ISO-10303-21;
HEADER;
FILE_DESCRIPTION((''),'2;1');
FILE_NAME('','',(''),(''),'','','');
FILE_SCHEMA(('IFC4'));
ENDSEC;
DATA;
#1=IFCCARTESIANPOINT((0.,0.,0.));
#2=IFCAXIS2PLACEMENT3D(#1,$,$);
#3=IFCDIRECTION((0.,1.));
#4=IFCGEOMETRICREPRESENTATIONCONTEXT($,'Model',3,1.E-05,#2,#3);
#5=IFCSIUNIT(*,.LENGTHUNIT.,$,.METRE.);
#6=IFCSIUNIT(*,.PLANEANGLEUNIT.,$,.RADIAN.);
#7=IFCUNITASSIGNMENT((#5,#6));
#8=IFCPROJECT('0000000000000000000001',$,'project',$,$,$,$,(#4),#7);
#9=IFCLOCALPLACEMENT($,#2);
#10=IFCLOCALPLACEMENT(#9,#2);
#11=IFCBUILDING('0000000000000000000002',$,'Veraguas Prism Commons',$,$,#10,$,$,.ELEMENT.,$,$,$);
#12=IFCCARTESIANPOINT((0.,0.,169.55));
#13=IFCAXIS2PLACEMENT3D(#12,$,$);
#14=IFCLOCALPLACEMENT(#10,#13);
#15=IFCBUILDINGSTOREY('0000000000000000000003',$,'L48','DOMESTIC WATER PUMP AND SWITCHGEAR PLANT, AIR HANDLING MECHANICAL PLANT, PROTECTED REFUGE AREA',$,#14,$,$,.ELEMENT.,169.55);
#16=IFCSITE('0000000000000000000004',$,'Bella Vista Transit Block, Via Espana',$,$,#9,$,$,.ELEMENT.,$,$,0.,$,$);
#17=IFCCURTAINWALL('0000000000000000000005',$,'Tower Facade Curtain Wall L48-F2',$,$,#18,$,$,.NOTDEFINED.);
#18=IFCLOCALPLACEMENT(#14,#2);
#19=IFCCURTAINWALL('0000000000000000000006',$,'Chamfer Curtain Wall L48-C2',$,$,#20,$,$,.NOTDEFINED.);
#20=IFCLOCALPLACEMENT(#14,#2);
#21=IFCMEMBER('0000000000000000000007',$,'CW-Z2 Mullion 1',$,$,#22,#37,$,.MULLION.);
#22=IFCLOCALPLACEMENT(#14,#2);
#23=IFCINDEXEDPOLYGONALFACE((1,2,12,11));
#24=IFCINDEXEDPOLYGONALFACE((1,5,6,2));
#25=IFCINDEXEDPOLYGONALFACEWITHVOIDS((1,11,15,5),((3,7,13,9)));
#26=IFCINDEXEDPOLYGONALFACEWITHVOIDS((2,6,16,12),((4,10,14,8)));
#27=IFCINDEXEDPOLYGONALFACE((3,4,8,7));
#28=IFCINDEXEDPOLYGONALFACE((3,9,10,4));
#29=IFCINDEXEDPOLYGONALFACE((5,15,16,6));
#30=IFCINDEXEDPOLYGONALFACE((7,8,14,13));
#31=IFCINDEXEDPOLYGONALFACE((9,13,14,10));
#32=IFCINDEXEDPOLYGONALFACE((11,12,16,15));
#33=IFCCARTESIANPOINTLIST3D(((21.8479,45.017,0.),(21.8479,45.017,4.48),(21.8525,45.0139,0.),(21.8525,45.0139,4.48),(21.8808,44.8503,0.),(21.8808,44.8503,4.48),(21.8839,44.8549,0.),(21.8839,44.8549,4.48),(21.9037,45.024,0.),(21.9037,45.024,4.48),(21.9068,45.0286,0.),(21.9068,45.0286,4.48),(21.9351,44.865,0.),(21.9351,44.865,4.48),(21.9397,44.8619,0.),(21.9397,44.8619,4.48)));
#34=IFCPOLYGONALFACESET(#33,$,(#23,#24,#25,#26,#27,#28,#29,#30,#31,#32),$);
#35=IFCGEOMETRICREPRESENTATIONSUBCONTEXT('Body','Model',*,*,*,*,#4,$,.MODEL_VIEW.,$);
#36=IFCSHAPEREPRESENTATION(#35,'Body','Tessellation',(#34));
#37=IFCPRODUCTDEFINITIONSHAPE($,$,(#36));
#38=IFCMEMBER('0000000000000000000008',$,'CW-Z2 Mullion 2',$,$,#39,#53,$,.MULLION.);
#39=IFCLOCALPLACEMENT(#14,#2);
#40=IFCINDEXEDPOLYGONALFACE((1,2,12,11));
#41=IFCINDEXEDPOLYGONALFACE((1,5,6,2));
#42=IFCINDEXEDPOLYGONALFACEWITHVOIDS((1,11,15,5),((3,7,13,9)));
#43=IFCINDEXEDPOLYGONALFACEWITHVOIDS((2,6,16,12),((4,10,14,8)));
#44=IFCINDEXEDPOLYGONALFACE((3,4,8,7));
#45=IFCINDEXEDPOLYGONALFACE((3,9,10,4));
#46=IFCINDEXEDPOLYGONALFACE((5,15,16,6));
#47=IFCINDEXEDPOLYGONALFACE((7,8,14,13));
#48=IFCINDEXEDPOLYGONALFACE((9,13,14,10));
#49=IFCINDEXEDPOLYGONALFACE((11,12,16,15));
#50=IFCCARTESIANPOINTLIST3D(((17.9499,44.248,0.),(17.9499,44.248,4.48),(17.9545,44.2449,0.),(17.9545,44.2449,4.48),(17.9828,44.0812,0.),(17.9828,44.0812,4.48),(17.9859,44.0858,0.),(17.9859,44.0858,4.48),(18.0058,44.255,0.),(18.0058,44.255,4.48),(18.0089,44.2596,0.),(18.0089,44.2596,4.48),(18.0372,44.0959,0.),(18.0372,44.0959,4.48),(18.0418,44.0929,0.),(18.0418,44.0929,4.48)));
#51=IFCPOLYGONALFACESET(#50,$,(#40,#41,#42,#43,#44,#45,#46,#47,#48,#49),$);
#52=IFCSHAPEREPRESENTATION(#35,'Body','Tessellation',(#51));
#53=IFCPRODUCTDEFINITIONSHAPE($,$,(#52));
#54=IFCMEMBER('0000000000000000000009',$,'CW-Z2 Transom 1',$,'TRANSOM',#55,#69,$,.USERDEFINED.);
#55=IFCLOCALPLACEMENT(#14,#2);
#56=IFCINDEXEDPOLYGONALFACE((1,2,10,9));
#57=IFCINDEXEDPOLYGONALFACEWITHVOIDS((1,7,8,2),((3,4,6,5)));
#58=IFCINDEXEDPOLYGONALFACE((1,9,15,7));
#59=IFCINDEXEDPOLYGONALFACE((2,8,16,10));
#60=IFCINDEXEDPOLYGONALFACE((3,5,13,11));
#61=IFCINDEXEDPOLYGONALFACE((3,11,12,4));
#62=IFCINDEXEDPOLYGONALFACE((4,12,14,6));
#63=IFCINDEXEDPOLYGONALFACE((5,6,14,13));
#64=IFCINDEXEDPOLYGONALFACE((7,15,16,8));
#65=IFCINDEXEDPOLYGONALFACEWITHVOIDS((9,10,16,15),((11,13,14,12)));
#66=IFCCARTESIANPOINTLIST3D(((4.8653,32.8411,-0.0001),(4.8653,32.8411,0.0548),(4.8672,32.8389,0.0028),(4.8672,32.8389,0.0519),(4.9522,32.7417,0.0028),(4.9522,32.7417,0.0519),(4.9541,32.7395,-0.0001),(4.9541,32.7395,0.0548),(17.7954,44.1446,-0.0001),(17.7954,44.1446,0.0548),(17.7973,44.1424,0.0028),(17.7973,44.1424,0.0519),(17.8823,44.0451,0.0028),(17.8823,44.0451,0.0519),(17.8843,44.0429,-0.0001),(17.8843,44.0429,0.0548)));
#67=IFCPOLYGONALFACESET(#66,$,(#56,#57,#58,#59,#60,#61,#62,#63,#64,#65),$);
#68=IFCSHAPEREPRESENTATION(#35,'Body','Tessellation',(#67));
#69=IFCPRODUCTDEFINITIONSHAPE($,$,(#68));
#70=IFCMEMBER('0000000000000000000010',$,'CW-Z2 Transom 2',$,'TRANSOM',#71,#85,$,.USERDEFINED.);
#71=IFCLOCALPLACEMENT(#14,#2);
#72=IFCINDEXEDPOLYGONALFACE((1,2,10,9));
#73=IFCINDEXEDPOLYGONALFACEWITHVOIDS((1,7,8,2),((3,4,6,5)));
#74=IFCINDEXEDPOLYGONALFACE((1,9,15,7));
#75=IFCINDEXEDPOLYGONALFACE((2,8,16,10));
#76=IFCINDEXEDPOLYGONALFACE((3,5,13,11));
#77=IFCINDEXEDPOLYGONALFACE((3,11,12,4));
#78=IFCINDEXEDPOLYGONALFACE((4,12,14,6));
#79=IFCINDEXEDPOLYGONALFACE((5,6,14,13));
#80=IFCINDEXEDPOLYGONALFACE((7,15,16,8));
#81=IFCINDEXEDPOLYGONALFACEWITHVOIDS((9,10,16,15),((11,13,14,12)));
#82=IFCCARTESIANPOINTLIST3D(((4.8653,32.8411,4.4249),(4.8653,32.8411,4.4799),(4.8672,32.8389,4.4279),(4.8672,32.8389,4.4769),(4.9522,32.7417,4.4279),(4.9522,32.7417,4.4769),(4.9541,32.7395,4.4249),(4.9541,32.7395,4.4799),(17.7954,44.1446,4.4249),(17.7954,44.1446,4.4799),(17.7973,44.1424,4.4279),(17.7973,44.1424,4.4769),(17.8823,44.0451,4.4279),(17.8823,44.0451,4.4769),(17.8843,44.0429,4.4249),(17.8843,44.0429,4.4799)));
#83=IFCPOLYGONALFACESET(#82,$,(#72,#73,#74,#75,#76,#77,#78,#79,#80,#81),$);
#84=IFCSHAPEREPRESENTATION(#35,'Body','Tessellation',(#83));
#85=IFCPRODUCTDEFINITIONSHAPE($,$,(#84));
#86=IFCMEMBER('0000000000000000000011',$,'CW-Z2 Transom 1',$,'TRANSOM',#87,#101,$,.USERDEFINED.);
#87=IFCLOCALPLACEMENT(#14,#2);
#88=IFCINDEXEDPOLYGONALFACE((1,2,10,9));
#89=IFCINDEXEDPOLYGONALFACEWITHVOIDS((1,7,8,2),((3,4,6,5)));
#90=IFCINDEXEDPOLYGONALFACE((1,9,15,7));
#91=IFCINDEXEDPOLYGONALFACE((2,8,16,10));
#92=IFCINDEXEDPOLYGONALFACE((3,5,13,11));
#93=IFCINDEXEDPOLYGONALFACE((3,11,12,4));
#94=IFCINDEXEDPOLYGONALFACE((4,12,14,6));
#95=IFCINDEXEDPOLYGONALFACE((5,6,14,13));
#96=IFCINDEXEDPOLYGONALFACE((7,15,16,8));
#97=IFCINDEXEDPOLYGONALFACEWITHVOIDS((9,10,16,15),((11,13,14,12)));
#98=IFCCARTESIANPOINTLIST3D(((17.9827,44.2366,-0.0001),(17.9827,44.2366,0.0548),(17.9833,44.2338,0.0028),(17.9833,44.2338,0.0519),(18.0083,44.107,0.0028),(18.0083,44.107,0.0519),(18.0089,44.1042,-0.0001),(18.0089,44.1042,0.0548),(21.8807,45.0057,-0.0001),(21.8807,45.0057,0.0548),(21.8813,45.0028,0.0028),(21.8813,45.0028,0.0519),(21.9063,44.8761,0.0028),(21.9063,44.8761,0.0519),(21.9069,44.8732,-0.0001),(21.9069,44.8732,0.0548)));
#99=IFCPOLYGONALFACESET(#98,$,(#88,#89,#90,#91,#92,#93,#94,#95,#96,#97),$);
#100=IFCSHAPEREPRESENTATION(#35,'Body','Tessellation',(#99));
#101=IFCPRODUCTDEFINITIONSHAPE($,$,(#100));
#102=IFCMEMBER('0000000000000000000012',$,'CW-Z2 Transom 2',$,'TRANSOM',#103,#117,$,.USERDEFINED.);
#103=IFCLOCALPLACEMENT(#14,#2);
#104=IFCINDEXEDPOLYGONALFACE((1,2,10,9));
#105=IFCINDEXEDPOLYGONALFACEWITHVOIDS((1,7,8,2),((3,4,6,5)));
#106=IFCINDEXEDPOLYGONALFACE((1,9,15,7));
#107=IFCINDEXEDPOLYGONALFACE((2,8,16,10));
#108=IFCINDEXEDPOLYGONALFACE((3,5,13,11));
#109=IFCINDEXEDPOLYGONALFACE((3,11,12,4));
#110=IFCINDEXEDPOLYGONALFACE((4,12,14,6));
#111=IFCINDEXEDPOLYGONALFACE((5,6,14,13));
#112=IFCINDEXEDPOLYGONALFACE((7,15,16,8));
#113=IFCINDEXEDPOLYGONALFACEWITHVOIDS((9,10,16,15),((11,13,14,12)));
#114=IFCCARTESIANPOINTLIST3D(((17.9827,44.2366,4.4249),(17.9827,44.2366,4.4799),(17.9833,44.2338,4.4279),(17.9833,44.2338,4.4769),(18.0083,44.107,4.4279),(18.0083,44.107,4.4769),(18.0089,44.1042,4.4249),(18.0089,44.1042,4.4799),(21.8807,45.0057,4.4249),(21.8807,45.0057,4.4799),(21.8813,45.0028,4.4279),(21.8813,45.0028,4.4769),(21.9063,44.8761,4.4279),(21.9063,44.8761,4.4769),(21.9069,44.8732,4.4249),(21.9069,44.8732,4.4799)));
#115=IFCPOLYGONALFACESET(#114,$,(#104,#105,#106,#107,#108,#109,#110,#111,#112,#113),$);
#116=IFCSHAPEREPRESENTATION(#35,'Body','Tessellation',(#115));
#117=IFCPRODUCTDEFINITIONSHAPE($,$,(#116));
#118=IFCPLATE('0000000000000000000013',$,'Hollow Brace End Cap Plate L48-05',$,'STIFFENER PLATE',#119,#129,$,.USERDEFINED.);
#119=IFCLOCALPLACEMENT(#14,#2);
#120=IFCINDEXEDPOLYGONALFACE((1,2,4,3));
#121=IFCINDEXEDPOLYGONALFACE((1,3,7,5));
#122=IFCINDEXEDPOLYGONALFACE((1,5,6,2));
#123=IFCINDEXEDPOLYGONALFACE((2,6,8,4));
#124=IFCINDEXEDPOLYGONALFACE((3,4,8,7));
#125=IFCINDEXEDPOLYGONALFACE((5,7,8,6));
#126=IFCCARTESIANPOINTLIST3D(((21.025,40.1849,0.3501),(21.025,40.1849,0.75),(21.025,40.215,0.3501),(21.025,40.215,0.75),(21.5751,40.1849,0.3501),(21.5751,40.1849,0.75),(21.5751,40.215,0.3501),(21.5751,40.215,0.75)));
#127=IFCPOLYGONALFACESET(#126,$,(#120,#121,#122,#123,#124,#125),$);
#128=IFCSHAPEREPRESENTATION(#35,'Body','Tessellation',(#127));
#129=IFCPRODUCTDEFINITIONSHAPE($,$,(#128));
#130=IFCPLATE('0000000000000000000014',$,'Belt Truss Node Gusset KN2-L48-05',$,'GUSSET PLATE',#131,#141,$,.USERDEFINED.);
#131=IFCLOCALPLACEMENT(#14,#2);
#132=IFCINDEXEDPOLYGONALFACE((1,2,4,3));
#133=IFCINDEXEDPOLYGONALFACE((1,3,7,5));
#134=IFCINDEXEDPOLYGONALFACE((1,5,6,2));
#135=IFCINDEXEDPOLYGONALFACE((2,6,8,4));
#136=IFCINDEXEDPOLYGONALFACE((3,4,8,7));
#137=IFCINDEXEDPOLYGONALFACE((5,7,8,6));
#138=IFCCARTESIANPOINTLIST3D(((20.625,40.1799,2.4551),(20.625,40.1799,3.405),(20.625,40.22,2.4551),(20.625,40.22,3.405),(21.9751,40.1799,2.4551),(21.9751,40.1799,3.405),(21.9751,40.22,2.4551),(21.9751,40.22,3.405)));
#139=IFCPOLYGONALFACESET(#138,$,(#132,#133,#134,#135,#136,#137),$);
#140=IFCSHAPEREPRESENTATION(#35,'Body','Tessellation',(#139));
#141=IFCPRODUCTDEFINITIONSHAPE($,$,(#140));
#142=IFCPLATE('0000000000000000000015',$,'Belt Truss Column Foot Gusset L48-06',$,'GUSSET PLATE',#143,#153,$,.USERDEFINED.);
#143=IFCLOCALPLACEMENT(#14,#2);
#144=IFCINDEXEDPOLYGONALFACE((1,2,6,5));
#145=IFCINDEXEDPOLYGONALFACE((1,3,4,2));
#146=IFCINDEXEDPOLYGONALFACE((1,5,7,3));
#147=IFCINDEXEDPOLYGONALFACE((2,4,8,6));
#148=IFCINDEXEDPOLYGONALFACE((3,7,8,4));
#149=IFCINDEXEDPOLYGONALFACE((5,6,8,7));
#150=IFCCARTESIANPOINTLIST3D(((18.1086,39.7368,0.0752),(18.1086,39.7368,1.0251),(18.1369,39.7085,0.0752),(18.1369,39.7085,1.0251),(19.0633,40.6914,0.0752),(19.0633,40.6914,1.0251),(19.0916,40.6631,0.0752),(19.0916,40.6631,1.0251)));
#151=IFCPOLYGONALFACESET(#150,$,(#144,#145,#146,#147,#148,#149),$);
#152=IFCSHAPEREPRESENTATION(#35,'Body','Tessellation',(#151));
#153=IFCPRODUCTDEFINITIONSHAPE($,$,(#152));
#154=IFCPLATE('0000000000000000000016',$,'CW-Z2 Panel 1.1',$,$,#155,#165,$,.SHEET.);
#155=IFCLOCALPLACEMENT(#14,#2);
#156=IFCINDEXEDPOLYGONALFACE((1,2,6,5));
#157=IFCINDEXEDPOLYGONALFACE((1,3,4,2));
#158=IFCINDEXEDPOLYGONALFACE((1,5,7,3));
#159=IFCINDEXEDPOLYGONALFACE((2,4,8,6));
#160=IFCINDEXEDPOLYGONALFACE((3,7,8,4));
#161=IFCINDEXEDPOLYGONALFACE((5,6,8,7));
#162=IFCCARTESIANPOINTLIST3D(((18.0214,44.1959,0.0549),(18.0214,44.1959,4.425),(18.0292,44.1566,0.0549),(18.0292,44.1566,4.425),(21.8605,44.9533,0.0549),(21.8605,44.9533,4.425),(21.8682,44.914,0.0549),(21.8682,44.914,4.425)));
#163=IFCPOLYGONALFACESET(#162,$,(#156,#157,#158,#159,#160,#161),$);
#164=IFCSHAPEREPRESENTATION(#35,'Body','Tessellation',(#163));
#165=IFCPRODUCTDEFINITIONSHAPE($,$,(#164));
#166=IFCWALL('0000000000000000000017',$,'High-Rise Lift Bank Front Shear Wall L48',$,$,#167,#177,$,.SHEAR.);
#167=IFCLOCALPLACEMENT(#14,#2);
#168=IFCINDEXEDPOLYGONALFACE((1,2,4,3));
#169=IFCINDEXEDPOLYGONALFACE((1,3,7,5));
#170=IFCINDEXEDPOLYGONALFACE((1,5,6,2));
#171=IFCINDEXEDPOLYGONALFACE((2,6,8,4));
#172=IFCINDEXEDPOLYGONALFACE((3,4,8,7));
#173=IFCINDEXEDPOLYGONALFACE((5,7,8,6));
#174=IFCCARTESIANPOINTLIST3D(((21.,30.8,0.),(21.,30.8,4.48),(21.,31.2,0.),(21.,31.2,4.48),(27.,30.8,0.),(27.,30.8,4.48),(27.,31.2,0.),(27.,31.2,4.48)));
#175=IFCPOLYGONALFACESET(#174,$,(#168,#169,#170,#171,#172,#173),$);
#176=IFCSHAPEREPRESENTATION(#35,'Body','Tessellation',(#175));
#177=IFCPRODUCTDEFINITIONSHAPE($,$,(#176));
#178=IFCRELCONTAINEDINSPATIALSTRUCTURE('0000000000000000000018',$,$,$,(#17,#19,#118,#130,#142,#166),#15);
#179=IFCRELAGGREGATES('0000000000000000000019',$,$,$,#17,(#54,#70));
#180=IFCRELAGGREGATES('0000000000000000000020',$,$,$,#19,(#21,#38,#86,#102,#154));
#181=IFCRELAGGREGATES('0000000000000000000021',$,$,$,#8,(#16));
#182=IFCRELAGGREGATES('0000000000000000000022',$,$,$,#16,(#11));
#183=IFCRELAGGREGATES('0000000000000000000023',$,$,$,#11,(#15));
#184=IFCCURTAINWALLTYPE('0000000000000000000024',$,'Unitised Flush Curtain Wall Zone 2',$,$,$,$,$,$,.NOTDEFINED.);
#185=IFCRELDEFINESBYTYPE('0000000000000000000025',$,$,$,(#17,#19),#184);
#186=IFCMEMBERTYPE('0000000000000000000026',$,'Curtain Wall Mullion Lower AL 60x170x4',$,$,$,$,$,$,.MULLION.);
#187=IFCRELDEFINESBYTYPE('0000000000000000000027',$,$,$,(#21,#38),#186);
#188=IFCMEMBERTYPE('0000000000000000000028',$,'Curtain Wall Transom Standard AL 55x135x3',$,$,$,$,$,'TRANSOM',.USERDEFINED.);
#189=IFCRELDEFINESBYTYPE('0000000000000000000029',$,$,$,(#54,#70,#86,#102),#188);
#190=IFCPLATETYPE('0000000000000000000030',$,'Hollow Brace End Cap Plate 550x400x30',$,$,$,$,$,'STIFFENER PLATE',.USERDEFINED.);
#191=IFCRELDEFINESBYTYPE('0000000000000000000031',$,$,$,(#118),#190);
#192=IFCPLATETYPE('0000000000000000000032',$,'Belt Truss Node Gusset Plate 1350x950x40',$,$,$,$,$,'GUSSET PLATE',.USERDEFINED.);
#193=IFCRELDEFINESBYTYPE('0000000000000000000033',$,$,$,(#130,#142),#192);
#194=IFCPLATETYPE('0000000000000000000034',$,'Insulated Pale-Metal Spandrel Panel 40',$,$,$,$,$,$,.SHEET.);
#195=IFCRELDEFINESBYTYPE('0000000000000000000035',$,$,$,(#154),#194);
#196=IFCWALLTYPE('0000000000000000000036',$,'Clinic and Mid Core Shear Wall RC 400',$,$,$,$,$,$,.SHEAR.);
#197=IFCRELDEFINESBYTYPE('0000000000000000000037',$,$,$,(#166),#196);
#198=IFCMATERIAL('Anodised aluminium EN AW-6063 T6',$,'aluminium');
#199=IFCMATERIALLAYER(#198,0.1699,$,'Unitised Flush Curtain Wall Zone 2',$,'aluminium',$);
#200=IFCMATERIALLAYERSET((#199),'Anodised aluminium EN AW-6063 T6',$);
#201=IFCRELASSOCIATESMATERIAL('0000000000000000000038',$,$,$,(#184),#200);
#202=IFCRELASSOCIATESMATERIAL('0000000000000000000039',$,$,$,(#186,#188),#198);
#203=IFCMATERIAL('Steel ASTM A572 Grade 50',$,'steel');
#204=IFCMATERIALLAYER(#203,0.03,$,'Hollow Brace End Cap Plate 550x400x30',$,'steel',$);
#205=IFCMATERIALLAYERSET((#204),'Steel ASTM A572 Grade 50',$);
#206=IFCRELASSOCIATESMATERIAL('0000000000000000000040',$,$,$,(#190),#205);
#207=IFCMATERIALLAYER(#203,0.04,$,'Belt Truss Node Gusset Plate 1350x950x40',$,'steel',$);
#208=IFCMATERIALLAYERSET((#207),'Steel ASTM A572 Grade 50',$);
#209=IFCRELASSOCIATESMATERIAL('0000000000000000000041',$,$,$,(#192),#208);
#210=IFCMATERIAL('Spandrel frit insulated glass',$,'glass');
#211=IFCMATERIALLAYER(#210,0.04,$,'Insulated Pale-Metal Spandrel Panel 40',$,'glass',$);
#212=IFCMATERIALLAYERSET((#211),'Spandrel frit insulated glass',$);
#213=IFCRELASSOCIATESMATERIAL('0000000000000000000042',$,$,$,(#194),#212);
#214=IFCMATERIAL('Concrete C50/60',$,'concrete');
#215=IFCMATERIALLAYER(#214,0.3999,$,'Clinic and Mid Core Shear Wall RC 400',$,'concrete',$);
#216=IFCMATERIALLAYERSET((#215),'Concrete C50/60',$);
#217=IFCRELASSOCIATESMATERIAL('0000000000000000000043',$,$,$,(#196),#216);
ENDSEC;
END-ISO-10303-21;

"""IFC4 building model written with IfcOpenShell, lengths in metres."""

from ifc_helpers import new_model, si_unit, direction, frame, frame_2d, origin, origin_2d, place, context, subcontext, project, spatial, rectangle, hollow_rectangle, extrude, source, transform, mapped, material, layer, layer_set, material_profile, profile_set, type_object, element, aggregate, save


model = new_model("IFC4")

# Units and contexts
model_context = context("Model", 3, precision=1e-05, world=origin(), true_north=direction((0.0, 1.0)))
body_context = subcontext(model_context, "Body", "Model", "MODEL_VIEW")
ifc_project = project(units=[si_unit("LENGTHUNIT", "METRE"), si_unit("PLANEANGLEUNIT", "RADIAN")], contexts=[model_context])

# Site, building, storey
site_placement = place(None, origin())
site = spatial("IfcSite", under=ifc_project, at=site_placement, Name="Bella Vista Transit Block, Via Espana", CompositionType="ELEMENT", RefElevation=0.0)
building_placement = place(site_placement, origin())
building = spatial("IfcBuilding", under=site, at=building_placement, Name="Veraguas Prism Commons", CompositionType="ELEMENT")
storey_placement = place(building_placement, frame((0.0, 0.0, 169.55)))
storey = spatial("IfcBuildingStorey", under=building, at=storey_placement, Name="L48", Description="DOMESTIC WATER PUMP AND SWITCHGEAR PLANT, AIR HANDLING MECHANICAL PLANT, PROTECTED REFUGE AREA", CompositionType="ELEMENT", Elevation=169.55)

# Shared definitions
ifc_material_1 = material(Name="Concrete C50/60", Category="concrete")

# Curtain wall
ifc_material_2 = material(Name="Anodised aluminium EN AW-6063 T6", Category="aluminium")
ifc_layer_1 = layer(ifc_material_2, 0.1699, Name="Unitised Flush Curtain Wall Zone 2", Category="aluminium")
ifc_layer_set_1 = layer_set([ifc_layer_1], Name="Anodised aluminium EN AW-6063 T6")
curtain_wall_type = type_object("IfcCurtainWallType", Name="Unitised Flush Curtain Wall Zone 2", PredefinedType="NOTDEFINED", material=ifc_layer_set_1)
curtain_wall_1_placement = place(storey_placement, origin())
curtain_wall_1 = element("IfcCurtainWall", 1, at=curtain_wall_1_placement, inside=storey, type_object=curtain_wall_type, Name="Tower Facade Curtain Wall L48-F2", PredefinedType="NOTDEFINED")
ifc_material_profile_1 = material_profile(ifc_material_2, hollow_rectangle(XDim=0.0601, YDim=0.1699, WallThickness=0.0039, at=origin_2d()), Name="AL60X170X4")
ifc_profile_set_1 = profile_set([ifc_material_profile_1], Name="Anodised aluminium EN AW-6063 T6")
member_type_1 = type_object("IfcMemberType", Name="Curtain Wall Mullion Lower AL 60x170x4", PredefinedType="MULLION", material=ifc_profile_set_1)
shared_shape_1 = source(origin(), body_context, "Body", "SweptSolid", [
    extrude(hollow_rectangle(XDim=0.0601, YDim=0.1699, WallThickness=0.0039, at=origin_2d()), origin(), (0.0, 0.0, 1.0), 4.48),
])

# Curtain wall, members
curtain_wall_2_placement = place(storey_placement, origin())
curtain_wall_2 = element("IfcCurtainWall", 2, at=curtain_wall_2_placement, inside=storey, type_object=curtain_wall_type, Name="Chamfer Curtain Wall L48-C2", PredefinedType="NOTDEFINED")
member_1_placement = place(storey_placement, frame((21.8938, 44.9395, 0.0), z_axis=(0.0, 0.0, 1.0), x_axis=(-0.981091, -0.193549, 0.0)))
member_1 = element("IfcMember", 3, at=member_1_placement, type_object=member_type_1, Name="CW-Z2 Mullion 1", PredefinedType="MULLION", context=body_context, shape_type="MappedRepresentation", body=[
    mapped(shared_shape_1, transform((0.0, 0.0, 0.0), scale=1.0)),
])
member_2_placement = place(storey_placement, frame((17.9958, 44.1704, 0.0), z_axis=(0.0, 0.0, 1.0), x_axis=(-0.981091, -0.193549, 0.0)))
member_2 = element("IfcMember", 4, at=member_2_placement, type_object=member_type_1, Name="CW-Z2 Mullion 2", PredefinedType="MULLION", context=body_context, shape_type="MappedRepresentation", body=[
    mapped(shared_shape_1, transform((0.0, 0.0, 0.0), scale=1.0)),
])

# Members
ifc_material_profile_2 = material_profile(ifc_material_2, hollow_rectangle(XDim=0.0549, YDim=0.135, WallThickness=0.0029, at=origin_2d()), Name="AL55X135X3")
ifc_profile_set_2 = profile_set([ifc_material_profile_2], Name="Anodised aluminium EN AW-6063 T6")
member_type_2 = type_object("IfcMemberType", Name="Curtain Wall Transom Standard AL 55x135x3", ElementType="TRANSOM", PredefinedType="USERDEFINED", material=ifc_profile_set_2)
shared_shape_2 = source(origin(), body_context, "Body", "SweptSolid", [
    extrude(hollow_rectangle(XDim=0.0549, YDim=0.135, WallThickness=0.0029, at=origin_2d()), origin(), (0.0, 0.0, 1.0), 17.1743),
])
member_3_placement = place(storey_placement, frame((17.8398, 44.0938, 0.0273), z_axis=(-0.752878, -0.65816, 0.0), x_axis=(0.0, 0.0, 1.0)))
member_3 = element("IfcMember", 5, at=member_3_placement, type_object=member_type_2, Name="CW-Z2 Transom 1", ObjectType="TRANSOM", PredefinedType="USERDEFINED", context=body_context, shape_type="MappedRepresentation", body=[
    mapped(shared_shape_2, transform((0.0, 0.0, 0.0), scale=1.0)),
])
member_4_placement = place(storey_placement, frame((17.8398, 44.0938, 4.4524), z_axis=(-0.752878, -0.65816, 0.0), x_axis=(0.0, 0.0, 1.0)))
member_4 = element("IfcMember", 6, at=member_4_placement, type_object=member_type_2, Name="CW-Z2 Transom 2", ObjectType="TRANSOM", PredefinedType="USERDEFINED", context=body_context, shape_type="MappedRepresentation", body=[
    mapped(shared_shape_2, transform((0.0, 0.0, 0.0), scale=1.0)),
])
aggregate(curtain_wall_1, [member_3, member_4])
shared_shape_3 = source(origin(), body_context, "Body", "SweptSolid", [
    extrude(hollow_rectangle(XDim=0.0549, YDim=0.135, WallThickness=0.0029, at=origin_2d()), origin(), (0.0, 0.0, 1.0), 3.9731),
])
member_5_placement = place(storey_placement, frame((21.8938, 44.9395, 0.0273), z_axis=(-0.981088, -0.193563, 0.0), x_axis=(0.0, 0.0, 1.0)))
member_5 = element("IfcMember", 7, at=member_5_placement, type_object=member_type_2, Name="CW-Z2 Transom 1", ObjectType="TRANSOM", PredefinedType="USERDEFINED", context=body_context, shape_type="MappedRepresentation", body=[
    mapped(shared_shape_3, transform((0.0, 0.0, 0.0), scale=1.0)),
])
member_6_placement = place(storey_placement, frame((21.8938, 44.9395, 4.4524), z_axis=(-0.981088, -0.193563, 0.0), x_axis=(0.0, 0.0, 1.0)))
member_6 = element("IfcMember", 8, at=member_6_placement, type_object=member_type_2, Name="CW-Z2 Transom 2", ObjectType="TRANSOM", PredefinedType="USERDEFINED", context=body_context, shape_type="MappedRepresentation", body=[
    mapped(shared_shape_3, transform((0.0, 0.0, 0.0), scale=1.0)),
])

# Plates
ifc_material_3 = material(Name="Steel ASTM A572 Grade 50", Category="steel")
ifc_layer_2 = layer(ifc_material_3, 0.03, Name="Hollow Brace End Cap Plate 550x400x30", Category="steel")
ifc_layer_set_2 = layer_set([ifc_layer_2], Name="Steel ASTM A572 Grade 50")
plate_type_1 = type_object("IfcPlateType", Name="Hollow Brace End Cap Plate 550x400x30", ElementType="STIFFENER PLATE", PredefinedType="USERDEFINED", material=ifc_layer_set_2)
shared_shape_4 = source(origin(), body_context, "Body", "SweptSolid", [
    extrude(rectangle(XDim=0.55, YDim=0.03, at=origin_2d()), origin(), (0.0, 0.0, 1.0), 0.3999),
])
plate_1_placement = place(storey_placement, frame((21.3, 40.2, 0.3501), z_axis=(0.0, 0.0, 1.0), x_axis=(-1.0, 0.0, 0.0)))
element("IfcPlate", 9, at=plate_1_placement, inside=storey, type_object=plate_type_1, Name="Hollow Brace End Cap Plate L48-05", ObjectType="STIFFENER PLATE", PredefinedType="USERDEFINED", context=body_context, shape_type="MappedRepresentation", body=[
    mapped(shared_shape_4, transform((0.0, 0.0, 0.0), scale=1.0)),
])
ifc_layer_3 = layer(ifc_material_3, 0.04, Name="Belt Truss Node Gusset Plate 1350x950x40", Category="steel")
ifc_layer_set_3 = layer_set([ifc_layer_3], Name="Steel ASTM A572 Grade 50")
plate_type_2 = type_object("IfcPlateType", Name="Belt Truss Node Gusset Plate 1350x950x40", ElementType="GUSSET PLATE", PredefinedType="USERDEFINED", material=ifc_layer_set_3)
shared_shape_5 = source(origin(), body_context, "Body", "SweptSolid", [
    extrude(rectangle(XDim=1.3501, YDim=0.04, at=origin_2d()), origin(), (0.0, 0.0, 1.0), 0.95),
])
for number, where, z_axis, x_axis, name in (
    (10, (21.3, 40.2, 2.4551), (0.0, 0.0, 1.0), (-1.0, 0.0, 0.0), "Belt Truss Node Gusset KN2-L48-05"),
    (11, (18.6001, 40.2, 0.0752), (0.0, 0.0, 1.0), (-0.707107, -0.707107, 0.0), "Belt Truss Column Foot Gusset L48-06"),
):
    element("IfcPlate", number, at=place(storey_placement, frame(where, z_axis=z_axis, x_axis=x_axis)), inside=storey, type_object=plate_type_2, Name=name, ObjectType="GUSSET PLATE", PredefinedType="USERDEFINED", context=body_context, shape_type="MappedRepresentation", body=[
        mapped(shared_shape_5, transform((0.0, 0.0, 0.0), scale=1.0)),
    ])

# Plate
ifc_material_4 = material(Name="Spandrel frit insulated glass", Category="glass")
ifc_layer_4 = layer(ifc_material_4, 0.04, Name="Insulated Pale-Metal Spandrel Panel 40", Category="glass")
ifc_layer_set_4 = layer_set([ifc_layer_4], Name="Spandrel frit insulated glass")
plate_type_3 = type_object("IfcPlateType", Name="Insulated Pale-Metal Spandrel Panel 40", PredefinedType="SHEET", material=ifc_layer_set_4)
shared_shape_6 = source(origin(), body_context, "Body", "SweptSolid", [
    extrude(rectangle(XDim=3.9131, YDim=0.04, at=origin_2d()), origin(), (0.0, 0.0, 1.0), 4.3701),
])
plate_2_placement = place(storey_placement, frame((19.9448, 44.5549, 0.0549), z_axis=(0.0, 0.0, 1.0), x_axis=(-0.981091, -0.193549, 0.0)))
plate_2 = element("IfcPlate", 12, at=plate_2_placement, type_object=plate_type_3, Name="CW-Z2 Panel 1.1", PredefinedType="SHEET", context=body_context, shape_type="MappedRepresentation", body=[
    mapped(shared_shape_6, transform((0.0, 0.0, 0.0), scale=1.0)),
])
aggregate(curtain_wall_2, [member_1, member_2, member_5, member_6, plate_2])

# Wall
ifc_layer_5 = layer(ifc_material_1, 0.3999, Name="Clinic and Mid Core Shear Wall RC 400", Category="concrete")
ifc_layer_set_5 = layer_set([ifc_layer_5], Name="Concrete C50/60")
wall_type_1 = type_object("IfcWallType", Name="Clinic and Mid Core Shear Wall RC 400", PredefinedType="SHEAR", material=ifc_layer_set_5)
wall_1_placement = place(storey_placement, frame((21.0, 31.0, 0.0), z_axis=(0.0, 0.0, 1.0), x_axis=(1.0, 0.0, 0.0)))
element("IfcWall", 13, at=wall_1_placement, inside=storey, type_object=wall_type_1, Name="High-Rise Lift Bank Front Shear Wall L48", PredefinedType="SHEAR", context=body_context, shape_type="SweptSolid", body=[
    extrude(rectangle(XDim=6.0, YDim=0.3999, at=frame_2d((3.0, 0.0))), origin(), (0.0, 0.0, 1.0), 4.48),
])

save(model, "model.ifc")
